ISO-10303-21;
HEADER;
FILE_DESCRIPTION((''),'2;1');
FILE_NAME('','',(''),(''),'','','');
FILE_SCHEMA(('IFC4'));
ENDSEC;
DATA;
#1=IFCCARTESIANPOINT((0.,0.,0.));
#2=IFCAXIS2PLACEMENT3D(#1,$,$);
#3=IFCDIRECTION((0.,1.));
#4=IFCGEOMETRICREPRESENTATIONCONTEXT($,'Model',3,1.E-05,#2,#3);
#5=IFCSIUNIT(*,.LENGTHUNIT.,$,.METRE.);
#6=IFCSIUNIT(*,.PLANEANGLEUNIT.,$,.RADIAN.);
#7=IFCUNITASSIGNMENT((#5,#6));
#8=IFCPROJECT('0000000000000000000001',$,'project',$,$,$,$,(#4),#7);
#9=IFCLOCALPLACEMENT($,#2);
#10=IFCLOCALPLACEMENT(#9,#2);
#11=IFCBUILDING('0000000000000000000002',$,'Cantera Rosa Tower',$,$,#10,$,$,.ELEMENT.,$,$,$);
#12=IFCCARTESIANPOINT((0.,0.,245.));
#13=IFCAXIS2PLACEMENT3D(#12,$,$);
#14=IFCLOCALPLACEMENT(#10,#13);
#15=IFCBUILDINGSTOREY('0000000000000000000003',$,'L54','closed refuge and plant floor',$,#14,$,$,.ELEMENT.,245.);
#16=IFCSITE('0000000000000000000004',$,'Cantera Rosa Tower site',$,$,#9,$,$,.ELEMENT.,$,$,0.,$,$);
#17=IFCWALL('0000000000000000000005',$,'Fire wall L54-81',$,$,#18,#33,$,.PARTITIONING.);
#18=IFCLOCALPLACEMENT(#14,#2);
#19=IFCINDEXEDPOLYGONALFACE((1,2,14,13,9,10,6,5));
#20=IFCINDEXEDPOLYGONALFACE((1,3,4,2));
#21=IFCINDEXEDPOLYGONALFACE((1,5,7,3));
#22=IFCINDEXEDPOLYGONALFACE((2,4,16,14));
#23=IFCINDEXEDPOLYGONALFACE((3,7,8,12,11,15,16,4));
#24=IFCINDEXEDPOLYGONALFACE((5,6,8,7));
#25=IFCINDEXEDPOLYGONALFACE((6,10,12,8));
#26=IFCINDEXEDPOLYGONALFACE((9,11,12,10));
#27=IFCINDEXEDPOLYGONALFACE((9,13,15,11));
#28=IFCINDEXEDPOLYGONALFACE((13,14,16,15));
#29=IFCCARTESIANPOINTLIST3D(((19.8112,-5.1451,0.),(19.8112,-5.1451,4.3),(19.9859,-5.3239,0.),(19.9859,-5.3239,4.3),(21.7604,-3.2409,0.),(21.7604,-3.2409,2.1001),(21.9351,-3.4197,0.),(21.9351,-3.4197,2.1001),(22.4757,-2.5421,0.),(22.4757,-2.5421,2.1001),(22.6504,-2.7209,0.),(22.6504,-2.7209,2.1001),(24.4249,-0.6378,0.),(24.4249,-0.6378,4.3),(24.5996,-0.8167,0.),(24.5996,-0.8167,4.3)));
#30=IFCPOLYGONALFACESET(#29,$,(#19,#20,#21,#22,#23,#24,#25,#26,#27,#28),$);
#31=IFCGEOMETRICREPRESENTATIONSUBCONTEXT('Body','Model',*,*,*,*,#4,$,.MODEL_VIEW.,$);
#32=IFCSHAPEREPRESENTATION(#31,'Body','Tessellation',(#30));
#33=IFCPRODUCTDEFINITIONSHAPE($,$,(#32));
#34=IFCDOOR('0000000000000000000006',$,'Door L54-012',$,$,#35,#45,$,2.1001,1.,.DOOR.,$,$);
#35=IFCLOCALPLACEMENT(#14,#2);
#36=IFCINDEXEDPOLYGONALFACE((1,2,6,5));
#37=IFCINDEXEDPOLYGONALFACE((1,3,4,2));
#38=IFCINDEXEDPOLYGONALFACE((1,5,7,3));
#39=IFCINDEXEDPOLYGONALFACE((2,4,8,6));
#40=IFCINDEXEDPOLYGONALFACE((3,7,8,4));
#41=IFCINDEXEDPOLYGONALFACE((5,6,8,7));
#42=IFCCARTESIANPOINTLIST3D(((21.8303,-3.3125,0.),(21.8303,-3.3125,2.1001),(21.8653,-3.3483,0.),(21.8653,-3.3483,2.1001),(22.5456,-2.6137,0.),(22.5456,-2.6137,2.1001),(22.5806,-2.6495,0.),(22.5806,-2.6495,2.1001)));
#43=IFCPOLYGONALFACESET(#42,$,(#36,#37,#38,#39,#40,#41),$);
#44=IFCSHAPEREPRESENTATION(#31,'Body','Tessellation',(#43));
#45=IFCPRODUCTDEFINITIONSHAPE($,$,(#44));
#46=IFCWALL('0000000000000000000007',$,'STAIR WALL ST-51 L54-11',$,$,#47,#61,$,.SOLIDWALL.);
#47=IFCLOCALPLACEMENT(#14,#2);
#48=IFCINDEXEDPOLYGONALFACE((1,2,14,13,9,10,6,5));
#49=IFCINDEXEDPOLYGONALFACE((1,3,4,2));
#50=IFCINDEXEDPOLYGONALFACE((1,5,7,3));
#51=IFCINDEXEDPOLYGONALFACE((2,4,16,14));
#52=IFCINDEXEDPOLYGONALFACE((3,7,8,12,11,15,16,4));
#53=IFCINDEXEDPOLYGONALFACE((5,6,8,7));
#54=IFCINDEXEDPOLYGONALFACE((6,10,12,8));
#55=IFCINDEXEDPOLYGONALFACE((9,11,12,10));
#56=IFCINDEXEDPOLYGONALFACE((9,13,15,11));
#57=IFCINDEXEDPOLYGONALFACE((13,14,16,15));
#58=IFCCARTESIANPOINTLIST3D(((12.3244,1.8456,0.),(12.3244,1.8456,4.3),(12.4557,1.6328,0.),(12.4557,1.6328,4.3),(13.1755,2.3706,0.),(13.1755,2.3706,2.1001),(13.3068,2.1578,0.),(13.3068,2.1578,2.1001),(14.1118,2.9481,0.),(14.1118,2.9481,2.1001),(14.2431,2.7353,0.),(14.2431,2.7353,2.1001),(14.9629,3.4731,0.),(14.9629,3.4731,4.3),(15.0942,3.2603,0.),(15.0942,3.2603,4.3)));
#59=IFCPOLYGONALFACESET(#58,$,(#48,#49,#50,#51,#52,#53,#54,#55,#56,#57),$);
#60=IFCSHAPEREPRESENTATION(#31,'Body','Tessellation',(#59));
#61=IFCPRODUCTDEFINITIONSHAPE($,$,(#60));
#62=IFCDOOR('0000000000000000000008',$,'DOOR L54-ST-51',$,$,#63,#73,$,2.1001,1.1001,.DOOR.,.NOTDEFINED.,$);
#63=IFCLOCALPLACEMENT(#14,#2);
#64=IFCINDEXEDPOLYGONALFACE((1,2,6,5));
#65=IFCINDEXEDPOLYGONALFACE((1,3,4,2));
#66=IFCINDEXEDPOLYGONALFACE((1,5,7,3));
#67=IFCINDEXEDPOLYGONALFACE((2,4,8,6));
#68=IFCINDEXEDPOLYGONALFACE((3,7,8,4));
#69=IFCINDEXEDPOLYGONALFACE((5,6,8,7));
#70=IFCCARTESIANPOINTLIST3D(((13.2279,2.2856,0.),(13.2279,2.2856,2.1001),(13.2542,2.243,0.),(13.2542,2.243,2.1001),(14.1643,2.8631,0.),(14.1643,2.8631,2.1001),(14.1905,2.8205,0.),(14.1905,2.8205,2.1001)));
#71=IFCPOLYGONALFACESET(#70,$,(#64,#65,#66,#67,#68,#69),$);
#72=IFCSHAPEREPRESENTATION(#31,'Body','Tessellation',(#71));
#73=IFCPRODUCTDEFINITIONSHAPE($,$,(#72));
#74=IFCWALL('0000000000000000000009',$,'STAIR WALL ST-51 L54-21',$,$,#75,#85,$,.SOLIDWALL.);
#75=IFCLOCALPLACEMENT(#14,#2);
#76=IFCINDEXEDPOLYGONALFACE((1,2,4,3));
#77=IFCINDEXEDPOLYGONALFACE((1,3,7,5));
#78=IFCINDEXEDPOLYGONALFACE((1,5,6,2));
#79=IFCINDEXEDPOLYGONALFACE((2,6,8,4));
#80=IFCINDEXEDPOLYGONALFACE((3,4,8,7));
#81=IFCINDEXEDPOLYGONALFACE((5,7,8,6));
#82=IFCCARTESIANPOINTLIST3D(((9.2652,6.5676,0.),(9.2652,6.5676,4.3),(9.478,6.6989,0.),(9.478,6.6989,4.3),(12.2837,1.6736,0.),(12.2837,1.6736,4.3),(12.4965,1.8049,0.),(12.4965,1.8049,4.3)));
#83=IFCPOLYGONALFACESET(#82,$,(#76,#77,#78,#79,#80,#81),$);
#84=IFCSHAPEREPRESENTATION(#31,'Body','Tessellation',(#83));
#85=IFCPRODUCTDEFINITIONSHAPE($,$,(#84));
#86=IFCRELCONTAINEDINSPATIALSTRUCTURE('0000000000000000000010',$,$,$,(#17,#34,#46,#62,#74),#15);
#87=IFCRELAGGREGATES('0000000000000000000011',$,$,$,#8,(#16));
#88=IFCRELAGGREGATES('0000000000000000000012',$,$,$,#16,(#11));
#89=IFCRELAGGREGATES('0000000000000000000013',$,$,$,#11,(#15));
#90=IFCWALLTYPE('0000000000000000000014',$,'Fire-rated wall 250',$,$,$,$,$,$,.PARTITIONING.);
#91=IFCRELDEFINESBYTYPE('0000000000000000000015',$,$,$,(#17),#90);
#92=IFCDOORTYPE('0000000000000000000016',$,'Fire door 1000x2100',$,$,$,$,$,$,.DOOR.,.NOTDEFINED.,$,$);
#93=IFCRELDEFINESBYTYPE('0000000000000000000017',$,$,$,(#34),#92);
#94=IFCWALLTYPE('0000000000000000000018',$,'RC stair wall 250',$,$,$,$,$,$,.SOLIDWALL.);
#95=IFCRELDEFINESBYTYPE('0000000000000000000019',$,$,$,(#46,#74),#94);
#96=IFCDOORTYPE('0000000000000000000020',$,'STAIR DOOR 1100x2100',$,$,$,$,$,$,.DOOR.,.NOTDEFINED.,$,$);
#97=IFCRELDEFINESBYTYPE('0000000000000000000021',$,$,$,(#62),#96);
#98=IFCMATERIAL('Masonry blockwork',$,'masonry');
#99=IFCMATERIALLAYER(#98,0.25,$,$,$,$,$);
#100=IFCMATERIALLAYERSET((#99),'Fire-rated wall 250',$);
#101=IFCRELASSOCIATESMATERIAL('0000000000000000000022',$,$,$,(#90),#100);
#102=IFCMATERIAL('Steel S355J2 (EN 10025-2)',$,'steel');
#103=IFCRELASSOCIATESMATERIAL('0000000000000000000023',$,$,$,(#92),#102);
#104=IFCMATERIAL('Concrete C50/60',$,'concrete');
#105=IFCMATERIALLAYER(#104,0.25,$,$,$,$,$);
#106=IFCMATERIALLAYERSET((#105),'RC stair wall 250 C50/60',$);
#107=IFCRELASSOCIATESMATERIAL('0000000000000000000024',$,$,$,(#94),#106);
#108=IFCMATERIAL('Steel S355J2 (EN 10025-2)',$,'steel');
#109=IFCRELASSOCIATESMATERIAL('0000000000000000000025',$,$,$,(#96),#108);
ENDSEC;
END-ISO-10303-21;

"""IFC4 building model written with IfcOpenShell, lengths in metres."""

from ifc_helpers import new_model, si_unit, direction, frame, frame_2d, origin, place, context, subcontext, project, spatial, rectangle, extrude, material, layer, layer_set, type_object, element, fill, save


model = new_model("IFC4")

# Units and contexts
model_context = context("Model", 3, precision=1e-05, world=origin(), true_north=direction((0.0, 1.0)))
body_context = subcontext(model_context, "Body", "Model", "MODEL_VIEW")
ifc_project = project(units=[si_unit("LENGTHUNIT", "METRE"), si_unit("PLANEANGLEUNIT", "RADIAN")], contexts=[model_context])

# Site, building, storey
site_placement = place(None, origin())
site = spatial("IfcSite", under=ifc_project, at=site_placement, Name="Cantera Rosa Tower site", CompositionType="ELEMENT", RefElevation=0.0)
building_placement = place(site_placement, origin())
building = spatial("IfcBuilding", under=site, at=building_placement, Name="Cantera Rosa Tower", CompositionType="ELEMENT")
storey_placement = place(building_placement, frame((0.0, 0.0, 245.0)))
storey = spatial("IfcBuildingStorey", under=building, at=storey_placement, Name="L54", Description="closed refuge and plant floor", CompositionType="ELEMENT", Elevation=245.0)

# Shared definitions
ifc_material_1 = material(Name="Masonry blockwork", Category="masonry")
ifc_layer_1 = layer(ifc_material_1, 0.25)
ifc_layer_set_1 = layer_set([ifc_layer_1], Name="Fire-rated wall 250")
wall_type_1 = type_object("IfcWallType", Name="Fire-rated wall 250", PredefinedType="PARTITIONING", material=ifc_layer_set_1)

# Walls, openings, doors
wall_1_placement = place(storey_placement, frame((19.8984, -5.2346, 0.0), z_axis=(0.0, 0.0, 1.0), x_axis=(0.71531, 0.698807, 0.0)))
wall_1 = element("IfcWall", 1, at=wall_1_placement, inside=storey, type_object=wall_type_1, Name="Fire wall L54-81", PredefinedType="PARTITIONING", context=body_context, shape_type="SweptSolid", body=[
    extrude(rectangle(XDim=6.45, YDim=0.25, at=frame_2d((3.2251, 0.0))), origin(), (0.0, 0.0, 1.0), 4.3),
])
opening_1_placement = place(wall_1_placement, frame((2.7251, 0.0, 0.0)))
opening_1 = element("IfcOpeningElement", 2, at=opening_1_placement, cuts=wall_1, PredefinedType="OPENING", context=body_context, shape_type="SweptSolid", body=[
    extrude(rectangle(XDim=1.0, YDim=2.1001, at=frame_2d((0.5, 1.05))), frame((0.0, 0.135, 0.0), z_axis=(0.0, -1.0, 0.0), x_axis=(1.0, 0.0, 0.0)), (0.0, 0.0, 1.0), 0.27),
])
ifc_material_2 = material(Name="Steel S355J2 (EN 10025-2)", Category="steel")
door_type_1 = type_object("IfcDoorType", Name="Fire door 1000x2100", OperationType="NOTDEFINED", PredefinedType="DOOR", material=ifc_material_2)
door_1_placement = place(opening_1_placement, origin())
door_1 = element("IfcDoor", 3, at=door_1_placement, inside=storey, type_object=door_type_1, Name="Door L54-012", OverallHeight=2.1001, OverallWidth=1.0, PredefinedType="DOOR", context=body_context, shape_type="SweptSolid", body=[
    extrude(rectangle(XDim=1.0, YDim=2.1001, at=frame_2d((0.5, 1.05))), frame((0.0, 0.0249, 0.0), z_axis=(0.0, -1.0, 0.0), x_axis=(1.0, 0.0, 0.0)), (0.0, 0.0, 1.0), 0.05),
])
fill(opening_1, door_1)
ifc_material_3 = material(Name="Concrete C50/60", Category="concrete")
ifc_layer_2 = layer(ifc_material_3, 0.25)
ifc_layer_set_2 = layer_set([ifc_layer_2], Name="RC stair wall 250 C50/60")
wall_type_2 = type_object("IfcWallType", Name="RC stair wall 250", PredefinedType="SOLIDWALL", material=ifc_layer_set_2)
wall_2_placement = place(storey_placement, frame((15.0286, 3.3667, 0.0), z_axis=(0.0, 0.0, 1.0), x_axis=(-0.851112, -0.524985, 0.0)))
wall_2 = element("IfcWall", 4, at=wall_2_placement, inside=storey, type_object=wall_type_2, Name="STAIR WALL ST-51 L54-11", PredefinedType="SOLIDWALL", context=body_context, shape_type="SweptSolid", body=[
    extrude(rectangle(XDim=3.1001, YDim=0.25, at=frame_2d((1.55, 0.0))), origin(), (0.0, 0.0, 1.0), 4.3),
])
opening_2_placement = place(wall_2_placement, frame((1.0, 0.0, 0.0)))
opening_2 = element("IfcOpeningElement", 5, at=opening_2_placement, cuts=wall_2, PredefinedType="OPENING", context=body_context, shape_type="SweptSolid", body=[
    extrude(rectangle(XDim=1.1001, YDim=2.1001, at=frame_2d((0.55, 1.05))), frame((0.0, 0.135, 0.0), z_axis=(0.0, -1.0, 0.0), x_axis=(1.0, 0.0, 0.0)), (0.0, 0.0, 1.0), 0.27),
])
ifc_material_4 = material(Name="Steel S355J2 (EN 10025-2)", Category="steel")
door_type_2 = type_object("IfcDoorType", Name="STAIR DOOR 1100x2100", OperationType="NOTDEFINED", PredefinedType="DOOR", material=ifc_material_4)
door_2_placement = place(opening_2_placement, origin())
door_2 = element("IfcDoor", 6, at=door_2_placement, inside=storey, type_object=door_type_2, Name="DOOR L54-ST-51", OperationType="NOTDEFINED", OverallHeight=2.1001, OverallWidth=1.1001, PredefinedType="DOOR", context=body_context, shape_type="SweptSolid", body=[
    extrude(rectangle(XDim=1.1001, YDim=2.1001, at=frame_2d((0.55, 1.05))), frame((0.0, 0.0249, 0.0), z_axis=(0.0, -1.0, 0.0), x_axis=(1.0, 0.0, 0.0)), (0.0, 0.0, 1.0), 0.05),
])
fill(opening_2, door_2)

# Wall
wall_3_placement = place(storey_placement, frame((12.3901, 1.7393, 0.0), z_axis=(0.0, 0.0, 1.0), x_axis=(-0.524959, 0.851127, 0.0)))
element("IfcWall", 7, at=wall_3_placement, inside=storey, type_object=wall_type_2, Name="STAIR WALL ST-51 L54-21", PredefinedType="SOLIDWALL", context=body_context, shape_type="SweptSolid", body=[
    extrude(rectangle(XDim=5.75, YDim=0.25, at=frame_2d((2.875, 0.0))), origin(), (0.0, 0.0, 1.0), 4.3),
])

save(model, "model.ifc")
